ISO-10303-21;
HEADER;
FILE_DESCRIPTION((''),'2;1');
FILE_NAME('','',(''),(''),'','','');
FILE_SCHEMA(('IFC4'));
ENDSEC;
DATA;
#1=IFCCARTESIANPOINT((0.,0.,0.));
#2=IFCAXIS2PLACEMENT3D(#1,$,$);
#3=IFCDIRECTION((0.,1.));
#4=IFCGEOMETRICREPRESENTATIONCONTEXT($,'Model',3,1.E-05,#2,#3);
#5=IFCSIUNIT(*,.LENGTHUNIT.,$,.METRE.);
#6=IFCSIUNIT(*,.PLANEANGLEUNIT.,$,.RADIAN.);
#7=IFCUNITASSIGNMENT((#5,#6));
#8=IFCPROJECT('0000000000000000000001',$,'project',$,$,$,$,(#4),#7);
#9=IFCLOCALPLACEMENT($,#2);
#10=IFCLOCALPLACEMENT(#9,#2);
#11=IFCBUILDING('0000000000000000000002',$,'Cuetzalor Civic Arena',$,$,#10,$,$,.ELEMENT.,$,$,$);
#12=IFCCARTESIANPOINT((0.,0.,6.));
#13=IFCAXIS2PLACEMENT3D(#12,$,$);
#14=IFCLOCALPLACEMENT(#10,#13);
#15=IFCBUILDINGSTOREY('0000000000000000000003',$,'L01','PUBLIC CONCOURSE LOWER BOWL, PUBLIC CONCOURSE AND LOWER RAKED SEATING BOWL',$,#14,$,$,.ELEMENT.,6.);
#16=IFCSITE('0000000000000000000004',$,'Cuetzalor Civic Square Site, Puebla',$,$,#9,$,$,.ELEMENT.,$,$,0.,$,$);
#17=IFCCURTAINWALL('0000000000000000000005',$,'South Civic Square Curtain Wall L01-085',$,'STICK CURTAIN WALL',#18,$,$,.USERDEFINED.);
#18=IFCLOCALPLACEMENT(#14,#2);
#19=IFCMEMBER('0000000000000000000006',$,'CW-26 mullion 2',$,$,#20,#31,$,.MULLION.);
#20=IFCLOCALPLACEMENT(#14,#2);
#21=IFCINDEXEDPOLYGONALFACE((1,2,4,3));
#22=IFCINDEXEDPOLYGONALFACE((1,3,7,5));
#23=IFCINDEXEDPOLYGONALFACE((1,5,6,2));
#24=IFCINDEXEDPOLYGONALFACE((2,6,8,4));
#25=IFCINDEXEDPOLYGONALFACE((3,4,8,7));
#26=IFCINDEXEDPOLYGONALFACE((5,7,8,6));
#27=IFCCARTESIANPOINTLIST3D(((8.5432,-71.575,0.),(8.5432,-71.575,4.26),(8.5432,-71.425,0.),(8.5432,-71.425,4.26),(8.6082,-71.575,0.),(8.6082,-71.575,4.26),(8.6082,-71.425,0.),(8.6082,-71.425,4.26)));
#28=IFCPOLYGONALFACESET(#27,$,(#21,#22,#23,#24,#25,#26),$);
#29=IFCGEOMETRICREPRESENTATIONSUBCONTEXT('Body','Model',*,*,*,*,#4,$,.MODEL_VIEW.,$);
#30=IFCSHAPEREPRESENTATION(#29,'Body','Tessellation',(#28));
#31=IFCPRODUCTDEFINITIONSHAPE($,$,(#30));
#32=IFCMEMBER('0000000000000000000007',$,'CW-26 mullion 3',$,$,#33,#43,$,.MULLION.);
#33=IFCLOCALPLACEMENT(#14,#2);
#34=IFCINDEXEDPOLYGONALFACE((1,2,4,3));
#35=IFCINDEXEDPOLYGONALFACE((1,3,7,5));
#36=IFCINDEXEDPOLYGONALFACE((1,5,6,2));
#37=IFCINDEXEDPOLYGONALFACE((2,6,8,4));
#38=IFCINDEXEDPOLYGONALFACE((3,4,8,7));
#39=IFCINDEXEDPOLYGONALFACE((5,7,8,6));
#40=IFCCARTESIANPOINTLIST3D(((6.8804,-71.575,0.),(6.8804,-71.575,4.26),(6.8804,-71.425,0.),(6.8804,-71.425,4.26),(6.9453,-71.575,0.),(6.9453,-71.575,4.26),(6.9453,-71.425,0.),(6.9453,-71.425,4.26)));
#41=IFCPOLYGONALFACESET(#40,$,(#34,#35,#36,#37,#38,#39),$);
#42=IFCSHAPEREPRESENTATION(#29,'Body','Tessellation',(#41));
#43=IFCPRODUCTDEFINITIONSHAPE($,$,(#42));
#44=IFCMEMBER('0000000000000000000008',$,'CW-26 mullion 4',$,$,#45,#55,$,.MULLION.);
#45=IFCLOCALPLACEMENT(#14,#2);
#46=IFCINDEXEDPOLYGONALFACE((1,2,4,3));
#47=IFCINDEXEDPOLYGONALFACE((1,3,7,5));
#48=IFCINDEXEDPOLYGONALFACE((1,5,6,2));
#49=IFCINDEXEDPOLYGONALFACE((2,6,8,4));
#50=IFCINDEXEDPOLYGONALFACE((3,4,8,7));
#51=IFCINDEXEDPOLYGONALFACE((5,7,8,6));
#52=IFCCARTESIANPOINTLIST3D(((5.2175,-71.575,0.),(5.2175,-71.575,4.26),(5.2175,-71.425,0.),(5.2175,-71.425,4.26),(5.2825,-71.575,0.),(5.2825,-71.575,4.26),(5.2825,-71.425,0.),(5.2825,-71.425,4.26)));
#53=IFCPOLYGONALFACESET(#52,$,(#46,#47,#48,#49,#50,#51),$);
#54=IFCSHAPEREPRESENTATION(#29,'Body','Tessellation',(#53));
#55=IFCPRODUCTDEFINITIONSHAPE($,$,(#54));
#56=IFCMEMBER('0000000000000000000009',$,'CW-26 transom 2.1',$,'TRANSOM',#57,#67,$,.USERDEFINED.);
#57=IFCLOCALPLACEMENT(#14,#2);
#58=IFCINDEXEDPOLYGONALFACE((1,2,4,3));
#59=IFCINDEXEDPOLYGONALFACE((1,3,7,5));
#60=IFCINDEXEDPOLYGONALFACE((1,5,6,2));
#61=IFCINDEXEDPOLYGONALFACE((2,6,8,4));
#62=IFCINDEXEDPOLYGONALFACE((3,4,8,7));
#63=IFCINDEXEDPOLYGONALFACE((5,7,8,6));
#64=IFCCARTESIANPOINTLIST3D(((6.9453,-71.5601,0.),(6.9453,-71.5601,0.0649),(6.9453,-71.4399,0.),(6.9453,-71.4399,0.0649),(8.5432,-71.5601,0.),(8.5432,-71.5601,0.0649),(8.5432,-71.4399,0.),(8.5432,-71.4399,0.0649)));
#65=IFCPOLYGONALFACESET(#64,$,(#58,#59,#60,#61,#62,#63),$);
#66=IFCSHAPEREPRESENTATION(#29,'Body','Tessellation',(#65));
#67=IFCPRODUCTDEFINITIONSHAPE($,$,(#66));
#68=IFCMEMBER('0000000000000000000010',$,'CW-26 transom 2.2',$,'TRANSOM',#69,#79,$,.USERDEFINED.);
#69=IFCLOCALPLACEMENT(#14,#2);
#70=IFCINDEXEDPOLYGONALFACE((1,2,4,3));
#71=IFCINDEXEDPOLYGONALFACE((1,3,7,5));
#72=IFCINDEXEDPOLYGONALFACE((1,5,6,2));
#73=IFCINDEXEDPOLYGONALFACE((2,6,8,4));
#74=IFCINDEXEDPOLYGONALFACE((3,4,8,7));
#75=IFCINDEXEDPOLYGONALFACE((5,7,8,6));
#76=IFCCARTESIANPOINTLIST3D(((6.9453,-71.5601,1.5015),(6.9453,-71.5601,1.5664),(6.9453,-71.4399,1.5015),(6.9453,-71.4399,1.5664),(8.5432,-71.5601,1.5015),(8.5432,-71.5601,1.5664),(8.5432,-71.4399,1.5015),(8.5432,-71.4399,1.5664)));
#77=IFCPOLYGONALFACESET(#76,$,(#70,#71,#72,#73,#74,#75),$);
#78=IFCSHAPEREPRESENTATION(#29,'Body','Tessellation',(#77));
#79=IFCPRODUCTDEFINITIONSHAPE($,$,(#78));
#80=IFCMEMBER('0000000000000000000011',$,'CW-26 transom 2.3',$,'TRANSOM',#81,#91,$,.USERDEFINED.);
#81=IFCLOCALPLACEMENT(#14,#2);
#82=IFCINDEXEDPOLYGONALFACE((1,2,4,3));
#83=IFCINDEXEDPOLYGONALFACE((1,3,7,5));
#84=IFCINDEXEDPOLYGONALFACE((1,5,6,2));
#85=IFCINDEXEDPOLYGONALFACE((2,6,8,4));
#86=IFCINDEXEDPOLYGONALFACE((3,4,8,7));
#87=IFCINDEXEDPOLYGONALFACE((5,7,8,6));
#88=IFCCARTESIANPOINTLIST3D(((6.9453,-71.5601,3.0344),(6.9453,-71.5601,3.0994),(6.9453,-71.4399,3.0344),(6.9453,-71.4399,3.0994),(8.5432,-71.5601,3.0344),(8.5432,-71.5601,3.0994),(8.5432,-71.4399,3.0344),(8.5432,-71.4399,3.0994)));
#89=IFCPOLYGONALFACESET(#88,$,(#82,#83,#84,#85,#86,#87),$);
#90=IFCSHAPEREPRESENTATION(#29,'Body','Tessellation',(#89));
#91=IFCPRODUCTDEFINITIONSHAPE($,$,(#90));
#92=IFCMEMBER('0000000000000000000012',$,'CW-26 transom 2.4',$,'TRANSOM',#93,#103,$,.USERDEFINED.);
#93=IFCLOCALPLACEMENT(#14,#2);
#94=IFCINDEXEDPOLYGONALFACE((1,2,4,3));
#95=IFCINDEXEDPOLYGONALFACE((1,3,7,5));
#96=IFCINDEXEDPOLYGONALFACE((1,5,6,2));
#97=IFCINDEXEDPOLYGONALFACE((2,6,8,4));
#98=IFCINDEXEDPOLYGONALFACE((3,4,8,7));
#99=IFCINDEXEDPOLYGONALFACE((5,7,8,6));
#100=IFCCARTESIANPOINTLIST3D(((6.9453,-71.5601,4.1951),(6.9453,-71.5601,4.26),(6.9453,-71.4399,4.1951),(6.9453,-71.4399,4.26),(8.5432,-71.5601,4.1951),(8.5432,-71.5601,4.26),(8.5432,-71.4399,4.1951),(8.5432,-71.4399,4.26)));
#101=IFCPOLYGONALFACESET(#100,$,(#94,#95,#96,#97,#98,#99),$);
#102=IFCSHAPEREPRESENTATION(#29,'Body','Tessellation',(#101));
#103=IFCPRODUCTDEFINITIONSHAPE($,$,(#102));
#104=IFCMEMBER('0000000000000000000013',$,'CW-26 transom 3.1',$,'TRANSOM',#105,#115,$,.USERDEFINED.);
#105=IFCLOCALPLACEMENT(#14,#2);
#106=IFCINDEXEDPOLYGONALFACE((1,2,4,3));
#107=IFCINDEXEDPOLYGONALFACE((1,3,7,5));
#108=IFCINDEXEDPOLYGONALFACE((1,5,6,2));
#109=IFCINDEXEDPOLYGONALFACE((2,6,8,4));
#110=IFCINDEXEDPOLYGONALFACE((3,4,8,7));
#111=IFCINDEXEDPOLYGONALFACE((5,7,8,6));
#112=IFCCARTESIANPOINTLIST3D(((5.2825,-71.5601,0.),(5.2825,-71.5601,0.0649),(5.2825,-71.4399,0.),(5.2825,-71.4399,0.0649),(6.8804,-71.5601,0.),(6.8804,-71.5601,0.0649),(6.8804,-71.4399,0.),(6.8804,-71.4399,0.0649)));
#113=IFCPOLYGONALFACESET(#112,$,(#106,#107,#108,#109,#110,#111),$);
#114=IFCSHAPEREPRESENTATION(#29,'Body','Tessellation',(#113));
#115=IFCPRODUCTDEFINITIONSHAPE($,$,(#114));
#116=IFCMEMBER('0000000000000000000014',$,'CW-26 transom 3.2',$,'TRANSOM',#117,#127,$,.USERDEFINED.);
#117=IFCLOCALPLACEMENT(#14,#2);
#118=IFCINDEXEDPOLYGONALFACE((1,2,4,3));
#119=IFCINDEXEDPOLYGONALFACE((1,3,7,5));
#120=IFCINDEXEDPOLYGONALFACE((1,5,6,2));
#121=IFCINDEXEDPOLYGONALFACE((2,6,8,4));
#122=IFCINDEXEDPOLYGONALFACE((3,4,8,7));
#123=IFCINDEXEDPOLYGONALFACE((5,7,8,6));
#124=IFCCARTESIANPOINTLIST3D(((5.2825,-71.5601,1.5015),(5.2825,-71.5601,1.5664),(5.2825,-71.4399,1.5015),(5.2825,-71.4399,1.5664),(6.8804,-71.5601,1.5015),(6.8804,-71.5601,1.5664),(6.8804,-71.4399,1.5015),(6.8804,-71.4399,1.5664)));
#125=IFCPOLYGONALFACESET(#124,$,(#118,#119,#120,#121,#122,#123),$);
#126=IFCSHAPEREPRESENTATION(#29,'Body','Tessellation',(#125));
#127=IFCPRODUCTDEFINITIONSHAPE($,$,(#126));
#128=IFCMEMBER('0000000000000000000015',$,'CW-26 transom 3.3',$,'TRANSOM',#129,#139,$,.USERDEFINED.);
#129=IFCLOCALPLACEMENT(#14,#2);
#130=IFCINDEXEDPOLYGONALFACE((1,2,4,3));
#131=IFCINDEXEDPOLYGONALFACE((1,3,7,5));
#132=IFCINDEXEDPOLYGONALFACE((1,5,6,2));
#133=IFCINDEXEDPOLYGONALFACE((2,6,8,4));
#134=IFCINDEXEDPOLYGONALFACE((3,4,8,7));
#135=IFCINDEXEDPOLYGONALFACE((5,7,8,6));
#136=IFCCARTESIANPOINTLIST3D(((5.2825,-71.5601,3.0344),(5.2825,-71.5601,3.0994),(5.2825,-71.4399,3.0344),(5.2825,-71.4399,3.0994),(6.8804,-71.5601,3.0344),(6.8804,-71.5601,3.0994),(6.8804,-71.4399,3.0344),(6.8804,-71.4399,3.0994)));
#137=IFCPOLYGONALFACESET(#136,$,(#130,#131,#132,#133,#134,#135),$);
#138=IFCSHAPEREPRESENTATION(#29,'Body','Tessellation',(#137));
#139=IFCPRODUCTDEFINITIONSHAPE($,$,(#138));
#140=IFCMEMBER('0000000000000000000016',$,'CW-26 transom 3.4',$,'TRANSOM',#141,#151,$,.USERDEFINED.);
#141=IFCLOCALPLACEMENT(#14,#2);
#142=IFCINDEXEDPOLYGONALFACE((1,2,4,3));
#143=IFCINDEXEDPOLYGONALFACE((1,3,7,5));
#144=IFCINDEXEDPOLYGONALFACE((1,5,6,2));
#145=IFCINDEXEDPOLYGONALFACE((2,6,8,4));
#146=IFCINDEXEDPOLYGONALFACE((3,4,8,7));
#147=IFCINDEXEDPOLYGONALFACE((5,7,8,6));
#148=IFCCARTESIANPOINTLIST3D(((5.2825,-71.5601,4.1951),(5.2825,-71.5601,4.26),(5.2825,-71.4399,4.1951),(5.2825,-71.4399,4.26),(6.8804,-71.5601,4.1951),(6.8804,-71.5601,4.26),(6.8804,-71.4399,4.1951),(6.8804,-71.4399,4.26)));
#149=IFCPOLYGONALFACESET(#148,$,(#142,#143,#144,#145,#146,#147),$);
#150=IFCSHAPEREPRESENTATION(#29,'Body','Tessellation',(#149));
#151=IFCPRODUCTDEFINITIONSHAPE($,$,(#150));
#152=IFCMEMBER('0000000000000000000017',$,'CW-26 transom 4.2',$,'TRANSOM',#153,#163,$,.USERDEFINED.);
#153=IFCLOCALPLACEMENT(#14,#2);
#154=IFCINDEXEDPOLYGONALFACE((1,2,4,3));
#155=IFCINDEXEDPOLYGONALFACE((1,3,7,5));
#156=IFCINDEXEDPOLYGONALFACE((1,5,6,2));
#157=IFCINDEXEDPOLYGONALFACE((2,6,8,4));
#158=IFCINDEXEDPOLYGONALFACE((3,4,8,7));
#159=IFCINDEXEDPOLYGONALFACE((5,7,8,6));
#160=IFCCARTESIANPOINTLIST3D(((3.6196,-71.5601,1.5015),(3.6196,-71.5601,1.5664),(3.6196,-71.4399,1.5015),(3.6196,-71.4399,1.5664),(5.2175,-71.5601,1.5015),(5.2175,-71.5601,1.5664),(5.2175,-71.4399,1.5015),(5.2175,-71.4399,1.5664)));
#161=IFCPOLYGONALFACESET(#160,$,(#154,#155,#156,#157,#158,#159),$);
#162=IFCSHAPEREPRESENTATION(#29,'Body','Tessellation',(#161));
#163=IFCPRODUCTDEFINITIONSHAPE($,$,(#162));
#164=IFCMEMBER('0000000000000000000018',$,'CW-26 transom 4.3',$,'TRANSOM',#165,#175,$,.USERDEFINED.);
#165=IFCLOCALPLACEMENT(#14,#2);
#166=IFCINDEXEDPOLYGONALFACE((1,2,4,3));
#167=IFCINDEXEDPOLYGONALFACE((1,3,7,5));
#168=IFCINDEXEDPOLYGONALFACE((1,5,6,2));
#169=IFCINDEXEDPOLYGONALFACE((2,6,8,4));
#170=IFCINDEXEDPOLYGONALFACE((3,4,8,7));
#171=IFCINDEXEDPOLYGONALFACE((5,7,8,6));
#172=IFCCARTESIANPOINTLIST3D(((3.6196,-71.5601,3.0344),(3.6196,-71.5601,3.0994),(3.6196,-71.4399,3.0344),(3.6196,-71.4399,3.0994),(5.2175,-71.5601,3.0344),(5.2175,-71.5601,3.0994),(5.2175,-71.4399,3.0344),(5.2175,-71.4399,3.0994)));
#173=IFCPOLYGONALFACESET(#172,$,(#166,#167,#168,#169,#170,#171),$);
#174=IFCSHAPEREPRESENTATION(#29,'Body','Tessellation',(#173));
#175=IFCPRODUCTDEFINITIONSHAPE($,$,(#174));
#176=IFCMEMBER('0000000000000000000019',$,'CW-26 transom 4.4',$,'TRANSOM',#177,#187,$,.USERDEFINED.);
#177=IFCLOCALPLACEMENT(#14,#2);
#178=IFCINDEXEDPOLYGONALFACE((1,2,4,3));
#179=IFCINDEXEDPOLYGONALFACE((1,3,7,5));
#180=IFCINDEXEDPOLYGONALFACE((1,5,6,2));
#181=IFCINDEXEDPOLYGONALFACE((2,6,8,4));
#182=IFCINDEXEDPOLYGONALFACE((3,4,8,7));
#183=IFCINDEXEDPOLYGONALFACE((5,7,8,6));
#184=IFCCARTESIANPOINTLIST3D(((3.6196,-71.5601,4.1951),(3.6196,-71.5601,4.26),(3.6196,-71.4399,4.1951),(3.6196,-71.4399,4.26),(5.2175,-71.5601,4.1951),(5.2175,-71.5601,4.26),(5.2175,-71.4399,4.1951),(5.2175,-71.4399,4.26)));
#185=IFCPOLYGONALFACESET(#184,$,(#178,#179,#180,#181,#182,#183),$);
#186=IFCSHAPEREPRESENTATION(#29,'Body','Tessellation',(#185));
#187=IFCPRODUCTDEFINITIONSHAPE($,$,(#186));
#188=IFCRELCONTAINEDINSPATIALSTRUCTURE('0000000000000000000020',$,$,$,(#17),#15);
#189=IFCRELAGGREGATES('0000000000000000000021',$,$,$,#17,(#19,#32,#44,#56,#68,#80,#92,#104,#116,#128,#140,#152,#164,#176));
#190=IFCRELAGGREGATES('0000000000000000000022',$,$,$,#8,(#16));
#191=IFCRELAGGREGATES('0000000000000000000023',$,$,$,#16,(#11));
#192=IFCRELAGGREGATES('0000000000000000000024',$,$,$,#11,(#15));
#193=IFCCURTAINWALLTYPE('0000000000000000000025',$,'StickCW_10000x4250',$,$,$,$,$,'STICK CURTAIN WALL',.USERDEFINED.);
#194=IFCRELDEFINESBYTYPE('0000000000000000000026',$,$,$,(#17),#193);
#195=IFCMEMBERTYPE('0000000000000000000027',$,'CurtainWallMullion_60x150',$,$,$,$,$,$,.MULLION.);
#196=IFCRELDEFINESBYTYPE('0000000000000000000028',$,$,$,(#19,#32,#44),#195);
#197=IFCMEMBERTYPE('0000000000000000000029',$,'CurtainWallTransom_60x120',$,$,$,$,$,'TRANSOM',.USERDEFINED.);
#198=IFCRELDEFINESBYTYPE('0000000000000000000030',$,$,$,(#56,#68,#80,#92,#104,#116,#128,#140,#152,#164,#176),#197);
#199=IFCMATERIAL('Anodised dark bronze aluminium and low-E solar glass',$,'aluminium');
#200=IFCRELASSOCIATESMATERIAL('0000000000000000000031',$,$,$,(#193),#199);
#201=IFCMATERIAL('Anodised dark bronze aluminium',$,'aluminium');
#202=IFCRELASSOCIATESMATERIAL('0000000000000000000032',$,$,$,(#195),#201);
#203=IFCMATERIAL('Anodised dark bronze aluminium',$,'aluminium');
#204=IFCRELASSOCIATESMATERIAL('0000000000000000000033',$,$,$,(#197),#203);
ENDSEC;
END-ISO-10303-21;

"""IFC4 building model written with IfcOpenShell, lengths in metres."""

from ifc_helpers import new_model, si_unit, direction, frame, origin, origin_2d, place, context, subcontext, project, spatial, rectangle, extrude, material, material_profile, profile_set, type_object, element, aggregate, save


model = new_model("IFC4")

# Units and contexts
model_context = context("Model", 3, precision=1e-05, world=origin(), true_north=direction((0.0, 1.0)))
body_context = subcontext(model_context, "Body", "Model", "MODEL_VIEW")
ifc_project = project(units=[si_unit("LENGTHUNIT", "METRE"), si_unit("PLANEANGLEUNIT", "RADIAN")], contexts=[model_context])

# Site, building, storey
site_placement = place(None, origin())
site = spatial("IfcSite", under=ifc_project, at=site_placement, Name="Cuetzalor Civic Square Site, Puebla", CompositionType="ELEMENT", RefElevation=0.0)
building_placement = place(site_placement, origin())
building = spatial("IfcBuilding", under=site, at=building_placement, Name="Cuetzalor Civic Arena", CompositionType="ELEMENT")
storey_placement = place(building_placement, frame((0.0, 0.0, 6.0)))
storey = spatial("IfcBuildingStorey", under=building, at=storey_placement, Name="L01", Description="PUBLIC CONCOURSE LOWER BOWL, PUBLIC CONCOURSE AND LOWER RAKED SEATING BOWL", CompositionType="ELEMENT", Elevation=6.0)

# Curtain wall, members
ifc_material_1 = material(Name="Anodised dark bronze aluminium and low-E solar glass", Category="aluminium")
curtain_wall_type = type_object("IfcCurtainWallType", Name="StickCW_10000x4250", ElementType="STICK CURTAIN WALL", PredefinedType="USERDEFINED", material=ifc_material_1)
curtain_wall_placement = place(storey_placement, origin())
curtain_wall = element("IfcCurtainWall", 1, at=curtain_wall_placement, inside=storey, type_object=curtain_wall_type, Name="South Civic Square Curtain Wall L01-085", ObjectType="STICK CURTAIN WALL", PredefinedType="USERDEFINED")
ifc_material_2 = material(Name="Anodised dark bronze aluminium", Category="aluminium")
ifc_material_profile_1 = material_profile(ifc_material_2, rectangle(XDim=0.0649, YDim=0.1499, at=origin_2d()), Name="ALU MULLION 65x150")
ifc_profile_set_1 = profile_set([ifc_material_profile_1], Name="Anodised dark bronze aluminium")
member_type_1 = type_object("IfcMemberType", Name="CurtainWallMullion_60x150", PredefinedType="MULLION", material=ifc_profile_set_1)
member_1_placement = place(storey_placement, frame((8.5757, -71.5, 0.0), z_axis=(0.0, 0.0, 1.0), x_axis=(-1.0, 0.0, 0.0)))
member_1 = element("IfcMember", 2, at=member_1_placement, type_object=member_type_1, Name="CW-26 mullion 2", PredefinedType="MULLION", context=body_context, shape_type="SweptSolid", body=[
    extrude(rectangle(XDim=0.0649, YDim=0.1499, at=origin_2d()), origin(), (0.0, 0.0, 1.0), 4.26),
])
member_2_placement = place(storey_placement, frame((6.9128, -71.5, 0.0), z_axis=(0.0, 0.0, 1.0), x_axis=(-1.0, 0.0, 0.0)))
member_2 = element("IfcMember", 3, at=member_2_placement, type_object=member_type_1, Name="CW-26 mullion 3", PredefinedType="MULLION", context=body_context, shape_type="SweptSolid", body=[
    extrude(rectangle(XDim=0.0649, YDim=0.1499, at=origin_2d()), origin(), (0.0, 0.0, 1.0), 4.26),
])
member_3_placement = place(storey_placement, frame((5.25, -71.5, 0.0), z_axis=(0.0, 0.0, 1.0), x_axis=(-1.0, 0.0, 0.0)))
member_3 = element("IfcMember", 4, at=member_3_placement, type_object=member_type_1, Name="CW-26 mullion 4", PredefinedType="MULLION", context=body_context, shape_type="SweptSolid", body=[
    extrude(rectangle(XDim=0.0649, YDim=0.1499, at=origin_2d()), origin(), (0.0, 0.0, 1.0), 4.26),
])
ifc_material_3 = material(Name="Anodised dark bronze aluminium", Category="aluminium")
ifc_material_profile_2 = material_profile(ifc_material_3, rectangle(XDim=0.1201, YDim=0.0649, at=origin_2d()), Name="ALU TRANSOM 65x120")
ifc_profile_set_2 = profile_set([ifc_material_profile_2], Name="Anodised dark bronze aluminium")
member_type_2 = type_object("IfcMemberType", Name="CurtainWallTransom_60x120", ElementType="TRANSOM", PredefinedType="USERDEFINED", material=ifc_profile_set_2)
member_4_placement = place(storey_placement, frame((8.5432, -71.5, 0.0325), z_axis=(-1.0, 0.0, 0.0), x_axis=(0.0, -1.0, 0.0)))
member_4 = element("IfcMember", 5, at=member_4_placement, type_object=member_type_2, Name="CW-26 transom 2.1", ObjectType="TRANSOM", PredefinedType="USERDEFINED", context=body_context, shape_type="SweptSolid", body=[
    extrude(rectangle(XDim=0.1201, YDim=0.0649, at=origin_2d()), origin(), (0.0, 0.0, 1.0), 1.5979),
])
member_5_placement = place(storey_placement, frame((8.5432, -71.5, 1.5339), z_axis=(-1.0, 0.0, 0.0), x_axis=(0.0, -1.0, 0.0)))
member_5 = element("IfcMember", 6, at=member_5_placement, type_object=member_type_2, Name="CW-26 transom 2.2", ObjectType="TRANSOM", PredefinedType="USERDEFINED", context=body_context, shape_type="SweptSolid", body=[
    extrude(rectangle(XDim=0.1201, YDim=0.0649, at=origin_2d()), origin(), (0.0, 0.0, 1.0), 1.5979),
])
member_6_placement = place(storey_placement, frame((8.5432, -71.5, 3.0669), z_axis=(-1.0, 0.0, 0.0), x_axis=(0.0, -1.0, 0.0)))
member_6 = element("IfcMember", 7, at=member_6_placement, type_object=member_type_2, Name="CW-26 transom 2.3", ObjectType="TRANSOM", PredefinedType="USERDEFINED", context=body_context, shape_type="SweptSolid", body=[
    extrude(rectangle(XDim=0.1201, YDim=0.0649, at=origin_2d()), origin(), (0.0, 0.0, 1.0), 1.5979),
])
member_7_placement = place(storey_placement, frame((8.5432, -71.5, 4.2275), z_axis=(-1.0, 0.0, 0.0), x_axis=(0.0, -1.0, 0.0)))
member_7 = element("IfcMember", 8, at=member_7_placement, type_object=member_type_2, Name="CW-26 transom 2.4", ObjectType="TRANSOM", PredefinedType="USERDEFINED", context=body_context, shape_type="SweptSolid", body=[
    extrude(rectangle(XDim=0.1201, YDim=0.0649, at=origin_2d()), origin(), (0.0, 0.0, 1.0), 1.5979),
])
member_8_placement = place(storey_placement, frame((6.8804, -71.5, 0.0325), z_axis=(-1.0, 0.0, 0.0), x_axis=(0.0, -1.0, 0.0)))
member_8 = element("IfcMember", 9, at=member_8_placement, type_object=member_type_2, Name="CW-26 transom 3.1", ObjectType="TRANSOM", PredefinedType="USERDEFINED", context=body_context, shape_type="SweptSolid", body=[
    extrude(rectangle(XDim=0.1201, YDim=0.0649, at=origin_2d()), origin(), (0.0, 0.0, 1.0), 1.5979),
])
member_9_placement = place(storey_placement, frame((6.8804, -71.5, 1.5339), z_axis=(-1.0, 0.0, 0.0), x_axis=(0.0, -1.0, 0.0)))
member_9 = element("IfcMember", 10, at=member_9_placement, type_object=member_type_2, Name="CW-26 transom 3.2", ObjectType="TRANSOM", PredefinedType="USERDEFINED", context=body_context, shape_type="SweptSolid", body=[
    extrude(rectangle(XDim=0.1201, YDim=0.0649, at=origin_2d()), origin(), (0.0, 0.0, 1.0), 1.5979),
])
member_10_placement = place(storey_placement, frame((6.8804, -71.5, 3.0669), z_axis=(-1.0, 0.0, 0.0), x_axis=(0.0, -1.0, 0.0)))
member_10 = element("IfcMember", 11, at=member_10_placement, type_object=member_type_2, Name="CW-26 transom 3.3", ObjectType="TRANSOM", PredefinedType="USERDEFINED", context=body_context, shape_type="SweptSolid", body=[
    extrude(rectangle(XDim=0.1201, YDim=0.0649, at=origin_2d()), origin(), (0.0, 0.0, 1.0), 1.5979),
])
member_11_placement = place(storey_placement, frame((6.8804, -71.5, 4.2275), z_axis=(-1.0, 0.0, 0.0), x_axis=(0.0, -1.0, 0.0)))
member_11 = element("IfcMember", 12, at=member_11_placement, type_object=member_type_2, Name="CW-26 transom 3.4", ObjectType="TRANSOM", PredefinedType="USERDEFINED", context=body_context, shape_type="SweptSolid", body=[
    extrude(rectangle(XDim=0.1201, YDim=0.0649, at=origin_2d()), origin(), (0.0, 0.0, 1.0), 1.5979),
])
member_12_placement = place(storey_placement, frame((5.2175, -71.5, 1.5339), z_axis=(-1.0, 0.0, 0.0), x_axis=(0.0, -1.0, 0.0)))
member_12 = element("IfcMember", 13, at=member_12_placement, type_object=member_type_2, Name="CW-26 transom 4.2", ObjectType="TRANSOM", PredefinedType="USERDEFINED", context=body_context, shape_type="SweptSolid", body=[
    extrude(rectangle(XDim=0.1201, YDim=0.0649, at=origin_2d()), origin(), (0.0, 0.0, 1.0), 1.5979),
])
member_13_placement = place(storey_placement, frame((5.2175, -71.5, 3.0669), z_axis=(-1.0, 0.0, 0.0), x_axis=(0.0, -1.0, 0.0)))
member_13 = element("IfcMember", 14, at=member_13_placement, type_object=member_type_2, Name="CW-26 transom 4.3", ObjectType="TRANSOM", PredefinedType="USERDEFINED", context=body_context, shape_type="SweptSolid", body=[
    extrude(rectangle(XDim=0.1201, YDim=0.0649, at=origin_2d()), origin(), (0.0, 0.0, 1.0), 1.5979),
])
member_14_placement = place(storey_placement, frame((5.2175, -71.5, 4.2275), z_axis=(-1.0, 0.0, 0.0), x_axis=(0.0, -1.0, 0.0)))
member_14 = element("IfcMember", 15, at=member_14_placement, type_object=member_type_2, Name="CW-26 transom 4.4", ObjectType="TRANSOM", PredefinedType="USERDEFINED", context=body_context, shape_type="SweptSolid", body=[
    extrude(rectangle(XDim=0.1201, YDim=0.0649, at=origin_2d()), origin(), (0.0, 0.0, 1.0), 1.5979),
])
aggregate(curtain_wall, [member_1, member_2, member_3, member_4, member_5, member_6, member_7, member_8, member_9, member_10, member_11, member_12, member_13, member_14])

save(model, "model.ifc")
